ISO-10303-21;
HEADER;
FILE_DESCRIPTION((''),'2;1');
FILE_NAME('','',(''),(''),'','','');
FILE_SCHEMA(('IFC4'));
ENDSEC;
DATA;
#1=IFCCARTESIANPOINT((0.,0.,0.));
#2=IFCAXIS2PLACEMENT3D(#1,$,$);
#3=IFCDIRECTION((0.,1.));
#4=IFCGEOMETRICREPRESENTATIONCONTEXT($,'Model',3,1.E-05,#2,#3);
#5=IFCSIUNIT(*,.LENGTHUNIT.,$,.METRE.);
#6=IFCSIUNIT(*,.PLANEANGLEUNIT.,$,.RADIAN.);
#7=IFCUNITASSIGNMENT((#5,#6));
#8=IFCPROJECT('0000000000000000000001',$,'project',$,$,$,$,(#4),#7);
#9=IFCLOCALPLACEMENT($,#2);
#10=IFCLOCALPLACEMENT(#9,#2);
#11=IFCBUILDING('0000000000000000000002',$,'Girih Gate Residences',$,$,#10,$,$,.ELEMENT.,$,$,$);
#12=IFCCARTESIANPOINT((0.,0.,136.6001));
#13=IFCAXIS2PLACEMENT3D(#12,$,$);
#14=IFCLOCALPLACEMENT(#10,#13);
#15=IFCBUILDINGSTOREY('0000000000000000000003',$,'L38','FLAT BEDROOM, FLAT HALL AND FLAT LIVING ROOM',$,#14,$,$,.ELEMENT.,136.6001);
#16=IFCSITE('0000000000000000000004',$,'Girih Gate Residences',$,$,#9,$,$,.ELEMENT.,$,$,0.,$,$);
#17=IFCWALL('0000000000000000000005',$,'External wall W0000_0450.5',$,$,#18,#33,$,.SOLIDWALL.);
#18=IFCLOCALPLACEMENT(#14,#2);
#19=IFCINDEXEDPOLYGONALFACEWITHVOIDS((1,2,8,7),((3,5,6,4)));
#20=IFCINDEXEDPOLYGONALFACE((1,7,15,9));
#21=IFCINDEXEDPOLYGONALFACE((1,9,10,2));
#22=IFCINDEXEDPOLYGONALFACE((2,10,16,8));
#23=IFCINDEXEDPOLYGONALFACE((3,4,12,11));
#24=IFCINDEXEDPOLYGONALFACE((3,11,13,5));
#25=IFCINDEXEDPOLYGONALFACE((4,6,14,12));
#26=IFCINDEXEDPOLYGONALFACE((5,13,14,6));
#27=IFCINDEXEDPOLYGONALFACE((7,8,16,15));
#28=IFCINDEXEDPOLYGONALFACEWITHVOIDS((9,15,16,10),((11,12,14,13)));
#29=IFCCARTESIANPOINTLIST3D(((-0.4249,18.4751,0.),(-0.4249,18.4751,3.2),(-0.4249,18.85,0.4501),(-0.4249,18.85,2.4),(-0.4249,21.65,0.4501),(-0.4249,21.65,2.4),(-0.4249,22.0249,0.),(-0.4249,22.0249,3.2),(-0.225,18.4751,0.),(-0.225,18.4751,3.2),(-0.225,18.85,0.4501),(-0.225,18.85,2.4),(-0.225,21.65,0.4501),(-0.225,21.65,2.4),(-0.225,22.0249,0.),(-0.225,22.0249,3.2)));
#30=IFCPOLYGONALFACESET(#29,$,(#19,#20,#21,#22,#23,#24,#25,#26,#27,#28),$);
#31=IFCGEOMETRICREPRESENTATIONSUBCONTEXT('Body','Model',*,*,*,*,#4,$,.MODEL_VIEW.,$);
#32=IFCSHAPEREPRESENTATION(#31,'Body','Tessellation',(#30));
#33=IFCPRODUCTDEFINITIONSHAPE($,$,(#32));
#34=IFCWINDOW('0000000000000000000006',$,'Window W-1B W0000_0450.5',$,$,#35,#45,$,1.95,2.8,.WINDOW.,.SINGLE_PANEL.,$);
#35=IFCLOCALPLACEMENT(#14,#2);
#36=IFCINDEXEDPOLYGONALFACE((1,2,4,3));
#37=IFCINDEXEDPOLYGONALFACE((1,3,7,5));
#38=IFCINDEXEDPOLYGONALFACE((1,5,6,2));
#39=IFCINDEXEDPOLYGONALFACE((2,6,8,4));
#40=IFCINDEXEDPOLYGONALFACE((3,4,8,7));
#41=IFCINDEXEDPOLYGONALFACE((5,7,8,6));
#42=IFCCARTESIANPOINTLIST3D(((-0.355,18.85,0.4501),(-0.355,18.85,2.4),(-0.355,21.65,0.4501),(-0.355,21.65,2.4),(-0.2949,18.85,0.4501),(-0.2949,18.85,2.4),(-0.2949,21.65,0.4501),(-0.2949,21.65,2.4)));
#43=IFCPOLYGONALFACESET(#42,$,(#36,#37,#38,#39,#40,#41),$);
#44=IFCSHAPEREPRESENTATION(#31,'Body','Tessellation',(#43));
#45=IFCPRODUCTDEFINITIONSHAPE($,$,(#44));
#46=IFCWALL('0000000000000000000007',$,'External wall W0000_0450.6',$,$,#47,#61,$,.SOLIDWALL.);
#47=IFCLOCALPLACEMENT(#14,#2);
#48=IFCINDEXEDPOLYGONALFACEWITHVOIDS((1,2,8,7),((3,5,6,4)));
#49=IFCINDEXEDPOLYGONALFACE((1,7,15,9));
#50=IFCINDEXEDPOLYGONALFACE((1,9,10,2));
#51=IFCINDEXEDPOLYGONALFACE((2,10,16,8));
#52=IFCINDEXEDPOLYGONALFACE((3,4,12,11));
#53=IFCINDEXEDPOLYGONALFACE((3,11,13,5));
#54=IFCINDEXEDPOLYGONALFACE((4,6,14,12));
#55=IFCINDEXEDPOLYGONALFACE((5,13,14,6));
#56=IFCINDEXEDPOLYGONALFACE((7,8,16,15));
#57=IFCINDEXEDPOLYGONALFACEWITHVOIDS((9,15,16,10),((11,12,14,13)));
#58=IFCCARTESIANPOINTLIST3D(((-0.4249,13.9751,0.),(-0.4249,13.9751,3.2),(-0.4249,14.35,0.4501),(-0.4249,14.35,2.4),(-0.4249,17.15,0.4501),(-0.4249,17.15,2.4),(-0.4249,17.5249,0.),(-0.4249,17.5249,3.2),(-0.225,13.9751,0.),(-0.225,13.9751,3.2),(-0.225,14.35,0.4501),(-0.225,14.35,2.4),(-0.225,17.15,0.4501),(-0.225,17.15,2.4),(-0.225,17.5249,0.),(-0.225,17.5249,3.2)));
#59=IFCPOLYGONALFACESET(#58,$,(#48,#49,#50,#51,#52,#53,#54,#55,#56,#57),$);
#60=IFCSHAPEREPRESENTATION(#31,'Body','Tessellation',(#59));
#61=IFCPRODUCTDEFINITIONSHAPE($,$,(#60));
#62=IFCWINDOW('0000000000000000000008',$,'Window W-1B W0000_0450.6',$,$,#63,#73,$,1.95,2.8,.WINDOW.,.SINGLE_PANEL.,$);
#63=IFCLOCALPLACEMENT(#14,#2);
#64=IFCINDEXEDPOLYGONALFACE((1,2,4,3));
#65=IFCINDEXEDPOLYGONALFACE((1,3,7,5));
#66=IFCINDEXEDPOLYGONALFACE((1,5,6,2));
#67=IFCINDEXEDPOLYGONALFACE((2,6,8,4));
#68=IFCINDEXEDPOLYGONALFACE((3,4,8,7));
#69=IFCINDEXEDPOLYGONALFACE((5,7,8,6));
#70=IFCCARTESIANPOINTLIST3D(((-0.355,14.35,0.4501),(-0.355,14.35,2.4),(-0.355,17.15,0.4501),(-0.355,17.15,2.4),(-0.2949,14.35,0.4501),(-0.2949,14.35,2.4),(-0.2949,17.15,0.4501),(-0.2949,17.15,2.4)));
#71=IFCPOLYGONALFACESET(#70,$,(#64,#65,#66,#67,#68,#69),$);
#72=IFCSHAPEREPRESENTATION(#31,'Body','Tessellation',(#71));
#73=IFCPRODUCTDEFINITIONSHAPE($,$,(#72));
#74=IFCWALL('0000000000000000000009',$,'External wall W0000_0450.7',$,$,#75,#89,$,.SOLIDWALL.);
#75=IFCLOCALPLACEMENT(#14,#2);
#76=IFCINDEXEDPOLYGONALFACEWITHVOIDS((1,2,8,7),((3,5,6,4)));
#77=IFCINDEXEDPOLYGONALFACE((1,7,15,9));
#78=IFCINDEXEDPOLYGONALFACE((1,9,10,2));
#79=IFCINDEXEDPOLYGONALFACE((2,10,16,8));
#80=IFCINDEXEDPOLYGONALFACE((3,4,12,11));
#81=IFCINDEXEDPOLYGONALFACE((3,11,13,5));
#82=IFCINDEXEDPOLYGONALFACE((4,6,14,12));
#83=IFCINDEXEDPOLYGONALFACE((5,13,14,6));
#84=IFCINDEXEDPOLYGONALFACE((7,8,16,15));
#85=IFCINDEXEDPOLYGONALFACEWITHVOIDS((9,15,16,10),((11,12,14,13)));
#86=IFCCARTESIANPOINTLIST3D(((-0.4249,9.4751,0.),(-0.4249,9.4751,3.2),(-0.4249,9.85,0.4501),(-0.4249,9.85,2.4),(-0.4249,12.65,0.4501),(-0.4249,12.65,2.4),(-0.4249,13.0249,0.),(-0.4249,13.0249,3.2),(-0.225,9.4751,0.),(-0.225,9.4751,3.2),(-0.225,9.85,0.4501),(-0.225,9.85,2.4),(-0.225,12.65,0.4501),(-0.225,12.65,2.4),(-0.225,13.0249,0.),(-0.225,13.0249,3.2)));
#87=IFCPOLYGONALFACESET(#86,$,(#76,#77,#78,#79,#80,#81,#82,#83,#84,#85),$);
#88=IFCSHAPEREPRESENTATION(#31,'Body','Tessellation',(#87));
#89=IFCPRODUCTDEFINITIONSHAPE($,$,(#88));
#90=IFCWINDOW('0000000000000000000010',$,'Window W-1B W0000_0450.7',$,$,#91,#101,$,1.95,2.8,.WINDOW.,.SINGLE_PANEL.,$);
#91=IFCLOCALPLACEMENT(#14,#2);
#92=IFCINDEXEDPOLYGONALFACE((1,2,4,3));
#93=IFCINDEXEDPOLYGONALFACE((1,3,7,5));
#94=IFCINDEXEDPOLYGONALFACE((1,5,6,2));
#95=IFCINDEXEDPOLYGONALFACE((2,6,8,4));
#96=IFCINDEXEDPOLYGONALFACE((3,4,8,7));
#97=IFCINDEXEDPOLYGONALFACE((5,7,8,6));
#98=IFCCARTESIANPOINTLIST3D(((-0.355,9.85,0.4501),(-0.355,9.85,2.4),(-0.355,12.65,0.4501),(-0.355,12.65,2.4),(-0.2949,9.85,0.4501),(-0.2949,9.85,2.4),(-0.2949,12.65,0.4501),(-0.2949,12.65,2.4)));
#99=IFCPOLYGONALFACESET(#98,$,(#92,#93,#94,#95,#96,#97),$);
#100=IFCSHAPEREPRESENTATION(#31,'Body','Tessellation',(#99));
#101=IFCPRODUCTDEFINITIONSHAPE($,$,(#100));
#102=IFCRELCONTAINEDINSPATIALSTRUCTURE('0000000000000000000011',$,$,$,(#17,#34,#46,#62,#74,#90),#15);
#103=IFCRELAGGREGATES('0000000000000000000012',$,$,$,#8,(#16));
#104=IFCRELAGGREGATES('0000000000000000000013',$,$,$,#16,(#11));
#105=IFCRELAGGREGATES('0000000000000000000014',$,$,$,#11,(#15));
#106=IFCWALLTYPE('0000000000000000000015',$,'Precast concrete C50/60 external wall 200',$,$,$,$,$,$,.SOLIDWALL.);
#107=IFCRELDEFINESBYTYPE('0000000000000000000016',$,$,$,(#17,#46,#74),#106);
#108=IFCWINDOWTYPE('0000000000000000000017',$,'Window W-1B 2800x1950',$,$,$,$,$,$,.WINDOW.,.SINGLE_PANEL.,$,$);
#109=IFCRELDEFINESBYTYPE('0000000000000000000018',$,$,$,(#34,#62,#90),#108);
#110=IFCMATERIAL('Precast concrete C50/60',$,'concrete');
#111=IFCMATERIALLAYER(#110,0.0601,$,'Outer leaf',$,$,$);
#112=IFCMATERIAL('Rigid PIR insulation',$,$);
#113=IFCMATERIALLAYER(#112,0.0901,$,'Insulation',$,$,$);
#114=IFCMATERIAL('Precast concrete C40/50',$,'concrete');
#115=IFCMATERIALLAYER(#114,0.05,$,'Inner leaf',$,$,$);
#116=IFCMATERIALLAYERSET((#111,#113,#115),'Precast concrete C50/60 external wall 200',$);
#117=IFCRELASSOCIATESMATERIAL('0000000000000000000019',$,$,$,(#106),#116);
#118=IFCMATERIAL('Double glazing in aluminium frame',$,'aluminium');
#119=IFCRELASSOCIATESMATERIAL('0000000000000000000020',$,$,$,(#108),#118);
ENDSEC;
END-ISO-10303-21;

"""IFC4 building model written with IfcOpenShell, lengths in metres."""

from ifc_helpers import new_model, si_unit, direction, frame, frame_2d, origin, place, context, subcontext, project, spatial, rectangle, extrude, material, layer, layer_set, type_object, element, fill, save


model = new_model("IFC4")

# Units and contexts
model_context = context("Model", 3, precision=1e-05, world=origin(), true_north=direction((0.0, 1.0)))
body_context = subcontext(model_context, "Body", "Model", "MODEL_VIEW")
ifc_project = project(units=[si_unit("LENGTHUNIT", "METRE"), si_unit("PLANEANGLEUNIT", "RADIAN")], contexts=[model_context])

# Site, building, storey
site_placement = place(None, origin())
site = spatial("IfcSite", under=ifc_project, at=site_placement, Name="Girih Gate Residences", CompositionType="ELEMENT", RefElevation=0.0)
building_placement = place(site_placement, origin())
building = spatial("IfcBuilding", under=site, at=building_placement, Name="Girih Gate Residences", CompositionType="ELEMENT")
storey_placement = place(building_placement, frame((0.0, 0.0, 136.6001)))
storey = spatial("IfcBuildingStorey", under=building, at=storey_placement, Name="L38", Description="FLAT BEDROOM, FLAT HALL AND FLAT LIVING ROOM", CompositionType="ELEMENT", Elevation=136.6001)

# Walls, openings, windows
ifc_material_1 = material(Name="Precast concrete C50/60", Category="concrete")
ifc_layer_1 = layer(ifc_material_1, 0.0601, Name="Outer leaf")
ifc_material_2 = material(Name="Rigid PIR insulation")
ifc_layer_2 = layer(ifc_material_2, 0.0901, Name="Insulation")
ifc_material_3 = material(Name="Precast concrete C40/50", Category="concrete")
ifc_layer_3 = layer(ifc_material_3, 0.05, Name="Inner leaf")
ifc_layer_set_1 = layer_set([ifc_layer_1, ifc_layer_2, ifc_layer_3], Name="Precast concrete C50/60 external wall 200")
wall_type_1 = type_object("IfcWallType", Name="Precast concrete C50/60 external wall 200", PredefinedType="SOLIDWALL", material=ifc_layer_set_1)
wall_1_placement = place(storey_placement, frame((-0.325, 18.4751, 0.0), z_axis=(0.0, 0.0, 1.0), x_axis=(0.0, 1.0, 0.0)))
wall_1 = element("IfcWall", 1, at=wall_1_placement, inside=storey, type_object=wall_type_1, Name="External wall W0000_0450.5", PredefinedType="SOLIDWALL", context=body_context, shape_type="SweptSolid", body=[
    extrude(rectangle(XDim=3.5498, YDim=0.2, at=frame_2d((1.7749, 0.0))), origin(), (0.0, 0.0, 1.0), 3.2),
])
opening_1_placement = place(wall_1_placement, frame((0.375, 0.0, 0.45)))
opening_1 = element("IfcOpeningElement", 2, at=opening_1_placement, cuts=wall_1, PredefinedType="OPENING", context=body_context, shape_type="SweptSolid", body=[
    extrude(rectangle(XDim=2.8, YDim=1.95, at=frame_2d((1.3999, 0.9751))), frame((0.0, 0.1099, 0.0), z_axis=(0.0, -1.0, 0.0), x_axis=(1.0, 0.0, 0.0)), (0.0, 0.0, 1.0), 0.22),
])
ifc_material_4 = material(Name="Double glazing in aluminium frame", Category="aluminium")
window_type = type_object("IfcWindowType", Name="Window W-1B 2800x1950", PartitioningType="SINGLE_PANEL", PredefinedType="WINDOW", material=ifc_material_4)
window_1_placement = place(opening_1_placement, origin())
window_1 = element("IfcWindow", 3, at=window_1_placement, inside=storey, type_object=window_type, Name="Window W-1B W0000_0450.5", OverallHeight=1.95, OverallWidth=2.8, PartitioningType="SINGLE_PANEL", PredefinedType="WINDOW", context=body_context, shape_type="SweptSolid", body=[
    extrude(rectangle(XDim=2.8, YDim=1.95, at=frame_2d((1.3999, 0.9751))), frame((0.0, 0.03, 0.0), z_axis=(0.0, -1.0, 0.0), x_axis=(1.0, 0.0, 0.0)), (0.0, 0.0, 1.0), 0.0601),
])
fill(opening_1, window_1)
wall_2_placement = place(storey_placement, frame((-0.325, 13.9751, 0.0), z_axis=(0.0, 0.0, 1.0), x_axis=(0.0, 1.0, 0.0)))
wall_2 = element("IfcWall", 4, at=wall_2_placement, inside=storey, type_object=wall_type_1, Name="External wall W0000_0450.6", PredefinedType="SOLIDWALL", context=body_context, shape_type="SweptSolid", body=[
    extrude(rectangle(XDim=3.5498, YDim=0.2, at=frame_2d((1.7749, 0.0))), origin(), (0.0, 0.0, 1.0), 3.2),
])
opening_2_placement = place(wall_2_placement, frame((0.375, 0.0, 0.45)))
opening_2 = element("IfcOpeningElement", 5, at=opening_2_placement, cuts=wall_2, PredefinedType="OPENING", context=body_context, shape_type="SweptSolid", body=[
    extrude(rectangle(XDim=2.8, YDim=1.95, at=frame_2d((1.3999, 0.9751))), frame((0.0, 0.1099, 0.0), z_axis=(0.0, -1.0, 0.0), x_axis=(1.0, 0.0, 0.0)), (0.0, 0.0, 1.0), 0.22),
])
window_2_placement = place(opening_2_placement, origin())
window_2 = element("IfcWindow", 6, at=window_2_placement, inside=storey, type_object=window_type, Name="Window W-1B W0000_0450.6", OverallHeight=1.95, OverallWidth=2.8, PartitioningType="SINGLE_PANEL", PredefinedType="WINDOW", context=body_context, shape_type="SweptSolid", body=[
    extrude(rectangle(XDim=2.8, YDim=1.95, at=frame_2d((1.3999, 0.9751))), frame((0.0, 0.03, 0.0), z_axis=(0.0, -1.0, 0.0), x_axis=(1.0, 0.0, 0.0)), (0.0, 0.0, 1.0), 0.0601),
])
fill(opening_2, window_2)
wall_3_placement = place(storey_placement, frame((-0.325, 9.4751, 0.0), z_axis=(0.0, 0.0, 1.0), x_axis=(0.0, 1.0, 0.0)))
wall_3 = element("IfcWall", 7, at=wall_3_placement, inside=storey, type_object=wall_type_1, Name="External wall W0000_0450.7", PredefinedType="SOLIDWALL", context=body_context, shape_type="SweptSolid", body=[
    extrude(rectangle(XDim=3.5498, YDim=0.2, at=frame_2d((1.7749, 0.0))), origin(), (0.0, 0.0, 1.0), 3.2),
])
opening_3_placement = place(wall_3_placement, frame((0.375, 0.0, 0.45)))
opening_3 = element("IfcOpeningElement", 8, at=opening_3_placement, cuts=wall_3, PredefinedType="OPENING", context=body_context, shape_type="SweptSolid", body=[
    extrude(rectangle(XDim=2.8, YDim=1.95, at=frame_2d((1.3999, 0.9751))), frame((0.0, 0.1099, 0.0), z_axis=(0.0, -1.0, 0.0), x_axis=(1.0, 0.0, 0.0)), (0.0, 0.0, 1.0), 0.22),
])
window_3_placement = place(opening_3_placement, origin())
window_3 = element("IfcWindow", 9, at=window_3_placement, inside=storey, type_object=window_type, Name="Window W-1B W0000_0450.7", OverallHeight=1.95, OverallWidth=2.8, PartitioningType="SINGLE_PANEL", PredefinedType="WINDOW", context=body_context, shape_type="SweptSolid", body=[
    extrude(rectangle(XDim=2.8, YDim=1.95, at=frame_2d((1.3999, 0.9751))), frame((0.0, 0.03, 0.0), z_axis=(0.0, -1.0, 0.0), x_axis=(1.0, 0.0, 0.0)), (0.0, 0.0, 1.0), 0.0601),
])
fill(opening_3, window_3)

save(model, "model.ifc")
